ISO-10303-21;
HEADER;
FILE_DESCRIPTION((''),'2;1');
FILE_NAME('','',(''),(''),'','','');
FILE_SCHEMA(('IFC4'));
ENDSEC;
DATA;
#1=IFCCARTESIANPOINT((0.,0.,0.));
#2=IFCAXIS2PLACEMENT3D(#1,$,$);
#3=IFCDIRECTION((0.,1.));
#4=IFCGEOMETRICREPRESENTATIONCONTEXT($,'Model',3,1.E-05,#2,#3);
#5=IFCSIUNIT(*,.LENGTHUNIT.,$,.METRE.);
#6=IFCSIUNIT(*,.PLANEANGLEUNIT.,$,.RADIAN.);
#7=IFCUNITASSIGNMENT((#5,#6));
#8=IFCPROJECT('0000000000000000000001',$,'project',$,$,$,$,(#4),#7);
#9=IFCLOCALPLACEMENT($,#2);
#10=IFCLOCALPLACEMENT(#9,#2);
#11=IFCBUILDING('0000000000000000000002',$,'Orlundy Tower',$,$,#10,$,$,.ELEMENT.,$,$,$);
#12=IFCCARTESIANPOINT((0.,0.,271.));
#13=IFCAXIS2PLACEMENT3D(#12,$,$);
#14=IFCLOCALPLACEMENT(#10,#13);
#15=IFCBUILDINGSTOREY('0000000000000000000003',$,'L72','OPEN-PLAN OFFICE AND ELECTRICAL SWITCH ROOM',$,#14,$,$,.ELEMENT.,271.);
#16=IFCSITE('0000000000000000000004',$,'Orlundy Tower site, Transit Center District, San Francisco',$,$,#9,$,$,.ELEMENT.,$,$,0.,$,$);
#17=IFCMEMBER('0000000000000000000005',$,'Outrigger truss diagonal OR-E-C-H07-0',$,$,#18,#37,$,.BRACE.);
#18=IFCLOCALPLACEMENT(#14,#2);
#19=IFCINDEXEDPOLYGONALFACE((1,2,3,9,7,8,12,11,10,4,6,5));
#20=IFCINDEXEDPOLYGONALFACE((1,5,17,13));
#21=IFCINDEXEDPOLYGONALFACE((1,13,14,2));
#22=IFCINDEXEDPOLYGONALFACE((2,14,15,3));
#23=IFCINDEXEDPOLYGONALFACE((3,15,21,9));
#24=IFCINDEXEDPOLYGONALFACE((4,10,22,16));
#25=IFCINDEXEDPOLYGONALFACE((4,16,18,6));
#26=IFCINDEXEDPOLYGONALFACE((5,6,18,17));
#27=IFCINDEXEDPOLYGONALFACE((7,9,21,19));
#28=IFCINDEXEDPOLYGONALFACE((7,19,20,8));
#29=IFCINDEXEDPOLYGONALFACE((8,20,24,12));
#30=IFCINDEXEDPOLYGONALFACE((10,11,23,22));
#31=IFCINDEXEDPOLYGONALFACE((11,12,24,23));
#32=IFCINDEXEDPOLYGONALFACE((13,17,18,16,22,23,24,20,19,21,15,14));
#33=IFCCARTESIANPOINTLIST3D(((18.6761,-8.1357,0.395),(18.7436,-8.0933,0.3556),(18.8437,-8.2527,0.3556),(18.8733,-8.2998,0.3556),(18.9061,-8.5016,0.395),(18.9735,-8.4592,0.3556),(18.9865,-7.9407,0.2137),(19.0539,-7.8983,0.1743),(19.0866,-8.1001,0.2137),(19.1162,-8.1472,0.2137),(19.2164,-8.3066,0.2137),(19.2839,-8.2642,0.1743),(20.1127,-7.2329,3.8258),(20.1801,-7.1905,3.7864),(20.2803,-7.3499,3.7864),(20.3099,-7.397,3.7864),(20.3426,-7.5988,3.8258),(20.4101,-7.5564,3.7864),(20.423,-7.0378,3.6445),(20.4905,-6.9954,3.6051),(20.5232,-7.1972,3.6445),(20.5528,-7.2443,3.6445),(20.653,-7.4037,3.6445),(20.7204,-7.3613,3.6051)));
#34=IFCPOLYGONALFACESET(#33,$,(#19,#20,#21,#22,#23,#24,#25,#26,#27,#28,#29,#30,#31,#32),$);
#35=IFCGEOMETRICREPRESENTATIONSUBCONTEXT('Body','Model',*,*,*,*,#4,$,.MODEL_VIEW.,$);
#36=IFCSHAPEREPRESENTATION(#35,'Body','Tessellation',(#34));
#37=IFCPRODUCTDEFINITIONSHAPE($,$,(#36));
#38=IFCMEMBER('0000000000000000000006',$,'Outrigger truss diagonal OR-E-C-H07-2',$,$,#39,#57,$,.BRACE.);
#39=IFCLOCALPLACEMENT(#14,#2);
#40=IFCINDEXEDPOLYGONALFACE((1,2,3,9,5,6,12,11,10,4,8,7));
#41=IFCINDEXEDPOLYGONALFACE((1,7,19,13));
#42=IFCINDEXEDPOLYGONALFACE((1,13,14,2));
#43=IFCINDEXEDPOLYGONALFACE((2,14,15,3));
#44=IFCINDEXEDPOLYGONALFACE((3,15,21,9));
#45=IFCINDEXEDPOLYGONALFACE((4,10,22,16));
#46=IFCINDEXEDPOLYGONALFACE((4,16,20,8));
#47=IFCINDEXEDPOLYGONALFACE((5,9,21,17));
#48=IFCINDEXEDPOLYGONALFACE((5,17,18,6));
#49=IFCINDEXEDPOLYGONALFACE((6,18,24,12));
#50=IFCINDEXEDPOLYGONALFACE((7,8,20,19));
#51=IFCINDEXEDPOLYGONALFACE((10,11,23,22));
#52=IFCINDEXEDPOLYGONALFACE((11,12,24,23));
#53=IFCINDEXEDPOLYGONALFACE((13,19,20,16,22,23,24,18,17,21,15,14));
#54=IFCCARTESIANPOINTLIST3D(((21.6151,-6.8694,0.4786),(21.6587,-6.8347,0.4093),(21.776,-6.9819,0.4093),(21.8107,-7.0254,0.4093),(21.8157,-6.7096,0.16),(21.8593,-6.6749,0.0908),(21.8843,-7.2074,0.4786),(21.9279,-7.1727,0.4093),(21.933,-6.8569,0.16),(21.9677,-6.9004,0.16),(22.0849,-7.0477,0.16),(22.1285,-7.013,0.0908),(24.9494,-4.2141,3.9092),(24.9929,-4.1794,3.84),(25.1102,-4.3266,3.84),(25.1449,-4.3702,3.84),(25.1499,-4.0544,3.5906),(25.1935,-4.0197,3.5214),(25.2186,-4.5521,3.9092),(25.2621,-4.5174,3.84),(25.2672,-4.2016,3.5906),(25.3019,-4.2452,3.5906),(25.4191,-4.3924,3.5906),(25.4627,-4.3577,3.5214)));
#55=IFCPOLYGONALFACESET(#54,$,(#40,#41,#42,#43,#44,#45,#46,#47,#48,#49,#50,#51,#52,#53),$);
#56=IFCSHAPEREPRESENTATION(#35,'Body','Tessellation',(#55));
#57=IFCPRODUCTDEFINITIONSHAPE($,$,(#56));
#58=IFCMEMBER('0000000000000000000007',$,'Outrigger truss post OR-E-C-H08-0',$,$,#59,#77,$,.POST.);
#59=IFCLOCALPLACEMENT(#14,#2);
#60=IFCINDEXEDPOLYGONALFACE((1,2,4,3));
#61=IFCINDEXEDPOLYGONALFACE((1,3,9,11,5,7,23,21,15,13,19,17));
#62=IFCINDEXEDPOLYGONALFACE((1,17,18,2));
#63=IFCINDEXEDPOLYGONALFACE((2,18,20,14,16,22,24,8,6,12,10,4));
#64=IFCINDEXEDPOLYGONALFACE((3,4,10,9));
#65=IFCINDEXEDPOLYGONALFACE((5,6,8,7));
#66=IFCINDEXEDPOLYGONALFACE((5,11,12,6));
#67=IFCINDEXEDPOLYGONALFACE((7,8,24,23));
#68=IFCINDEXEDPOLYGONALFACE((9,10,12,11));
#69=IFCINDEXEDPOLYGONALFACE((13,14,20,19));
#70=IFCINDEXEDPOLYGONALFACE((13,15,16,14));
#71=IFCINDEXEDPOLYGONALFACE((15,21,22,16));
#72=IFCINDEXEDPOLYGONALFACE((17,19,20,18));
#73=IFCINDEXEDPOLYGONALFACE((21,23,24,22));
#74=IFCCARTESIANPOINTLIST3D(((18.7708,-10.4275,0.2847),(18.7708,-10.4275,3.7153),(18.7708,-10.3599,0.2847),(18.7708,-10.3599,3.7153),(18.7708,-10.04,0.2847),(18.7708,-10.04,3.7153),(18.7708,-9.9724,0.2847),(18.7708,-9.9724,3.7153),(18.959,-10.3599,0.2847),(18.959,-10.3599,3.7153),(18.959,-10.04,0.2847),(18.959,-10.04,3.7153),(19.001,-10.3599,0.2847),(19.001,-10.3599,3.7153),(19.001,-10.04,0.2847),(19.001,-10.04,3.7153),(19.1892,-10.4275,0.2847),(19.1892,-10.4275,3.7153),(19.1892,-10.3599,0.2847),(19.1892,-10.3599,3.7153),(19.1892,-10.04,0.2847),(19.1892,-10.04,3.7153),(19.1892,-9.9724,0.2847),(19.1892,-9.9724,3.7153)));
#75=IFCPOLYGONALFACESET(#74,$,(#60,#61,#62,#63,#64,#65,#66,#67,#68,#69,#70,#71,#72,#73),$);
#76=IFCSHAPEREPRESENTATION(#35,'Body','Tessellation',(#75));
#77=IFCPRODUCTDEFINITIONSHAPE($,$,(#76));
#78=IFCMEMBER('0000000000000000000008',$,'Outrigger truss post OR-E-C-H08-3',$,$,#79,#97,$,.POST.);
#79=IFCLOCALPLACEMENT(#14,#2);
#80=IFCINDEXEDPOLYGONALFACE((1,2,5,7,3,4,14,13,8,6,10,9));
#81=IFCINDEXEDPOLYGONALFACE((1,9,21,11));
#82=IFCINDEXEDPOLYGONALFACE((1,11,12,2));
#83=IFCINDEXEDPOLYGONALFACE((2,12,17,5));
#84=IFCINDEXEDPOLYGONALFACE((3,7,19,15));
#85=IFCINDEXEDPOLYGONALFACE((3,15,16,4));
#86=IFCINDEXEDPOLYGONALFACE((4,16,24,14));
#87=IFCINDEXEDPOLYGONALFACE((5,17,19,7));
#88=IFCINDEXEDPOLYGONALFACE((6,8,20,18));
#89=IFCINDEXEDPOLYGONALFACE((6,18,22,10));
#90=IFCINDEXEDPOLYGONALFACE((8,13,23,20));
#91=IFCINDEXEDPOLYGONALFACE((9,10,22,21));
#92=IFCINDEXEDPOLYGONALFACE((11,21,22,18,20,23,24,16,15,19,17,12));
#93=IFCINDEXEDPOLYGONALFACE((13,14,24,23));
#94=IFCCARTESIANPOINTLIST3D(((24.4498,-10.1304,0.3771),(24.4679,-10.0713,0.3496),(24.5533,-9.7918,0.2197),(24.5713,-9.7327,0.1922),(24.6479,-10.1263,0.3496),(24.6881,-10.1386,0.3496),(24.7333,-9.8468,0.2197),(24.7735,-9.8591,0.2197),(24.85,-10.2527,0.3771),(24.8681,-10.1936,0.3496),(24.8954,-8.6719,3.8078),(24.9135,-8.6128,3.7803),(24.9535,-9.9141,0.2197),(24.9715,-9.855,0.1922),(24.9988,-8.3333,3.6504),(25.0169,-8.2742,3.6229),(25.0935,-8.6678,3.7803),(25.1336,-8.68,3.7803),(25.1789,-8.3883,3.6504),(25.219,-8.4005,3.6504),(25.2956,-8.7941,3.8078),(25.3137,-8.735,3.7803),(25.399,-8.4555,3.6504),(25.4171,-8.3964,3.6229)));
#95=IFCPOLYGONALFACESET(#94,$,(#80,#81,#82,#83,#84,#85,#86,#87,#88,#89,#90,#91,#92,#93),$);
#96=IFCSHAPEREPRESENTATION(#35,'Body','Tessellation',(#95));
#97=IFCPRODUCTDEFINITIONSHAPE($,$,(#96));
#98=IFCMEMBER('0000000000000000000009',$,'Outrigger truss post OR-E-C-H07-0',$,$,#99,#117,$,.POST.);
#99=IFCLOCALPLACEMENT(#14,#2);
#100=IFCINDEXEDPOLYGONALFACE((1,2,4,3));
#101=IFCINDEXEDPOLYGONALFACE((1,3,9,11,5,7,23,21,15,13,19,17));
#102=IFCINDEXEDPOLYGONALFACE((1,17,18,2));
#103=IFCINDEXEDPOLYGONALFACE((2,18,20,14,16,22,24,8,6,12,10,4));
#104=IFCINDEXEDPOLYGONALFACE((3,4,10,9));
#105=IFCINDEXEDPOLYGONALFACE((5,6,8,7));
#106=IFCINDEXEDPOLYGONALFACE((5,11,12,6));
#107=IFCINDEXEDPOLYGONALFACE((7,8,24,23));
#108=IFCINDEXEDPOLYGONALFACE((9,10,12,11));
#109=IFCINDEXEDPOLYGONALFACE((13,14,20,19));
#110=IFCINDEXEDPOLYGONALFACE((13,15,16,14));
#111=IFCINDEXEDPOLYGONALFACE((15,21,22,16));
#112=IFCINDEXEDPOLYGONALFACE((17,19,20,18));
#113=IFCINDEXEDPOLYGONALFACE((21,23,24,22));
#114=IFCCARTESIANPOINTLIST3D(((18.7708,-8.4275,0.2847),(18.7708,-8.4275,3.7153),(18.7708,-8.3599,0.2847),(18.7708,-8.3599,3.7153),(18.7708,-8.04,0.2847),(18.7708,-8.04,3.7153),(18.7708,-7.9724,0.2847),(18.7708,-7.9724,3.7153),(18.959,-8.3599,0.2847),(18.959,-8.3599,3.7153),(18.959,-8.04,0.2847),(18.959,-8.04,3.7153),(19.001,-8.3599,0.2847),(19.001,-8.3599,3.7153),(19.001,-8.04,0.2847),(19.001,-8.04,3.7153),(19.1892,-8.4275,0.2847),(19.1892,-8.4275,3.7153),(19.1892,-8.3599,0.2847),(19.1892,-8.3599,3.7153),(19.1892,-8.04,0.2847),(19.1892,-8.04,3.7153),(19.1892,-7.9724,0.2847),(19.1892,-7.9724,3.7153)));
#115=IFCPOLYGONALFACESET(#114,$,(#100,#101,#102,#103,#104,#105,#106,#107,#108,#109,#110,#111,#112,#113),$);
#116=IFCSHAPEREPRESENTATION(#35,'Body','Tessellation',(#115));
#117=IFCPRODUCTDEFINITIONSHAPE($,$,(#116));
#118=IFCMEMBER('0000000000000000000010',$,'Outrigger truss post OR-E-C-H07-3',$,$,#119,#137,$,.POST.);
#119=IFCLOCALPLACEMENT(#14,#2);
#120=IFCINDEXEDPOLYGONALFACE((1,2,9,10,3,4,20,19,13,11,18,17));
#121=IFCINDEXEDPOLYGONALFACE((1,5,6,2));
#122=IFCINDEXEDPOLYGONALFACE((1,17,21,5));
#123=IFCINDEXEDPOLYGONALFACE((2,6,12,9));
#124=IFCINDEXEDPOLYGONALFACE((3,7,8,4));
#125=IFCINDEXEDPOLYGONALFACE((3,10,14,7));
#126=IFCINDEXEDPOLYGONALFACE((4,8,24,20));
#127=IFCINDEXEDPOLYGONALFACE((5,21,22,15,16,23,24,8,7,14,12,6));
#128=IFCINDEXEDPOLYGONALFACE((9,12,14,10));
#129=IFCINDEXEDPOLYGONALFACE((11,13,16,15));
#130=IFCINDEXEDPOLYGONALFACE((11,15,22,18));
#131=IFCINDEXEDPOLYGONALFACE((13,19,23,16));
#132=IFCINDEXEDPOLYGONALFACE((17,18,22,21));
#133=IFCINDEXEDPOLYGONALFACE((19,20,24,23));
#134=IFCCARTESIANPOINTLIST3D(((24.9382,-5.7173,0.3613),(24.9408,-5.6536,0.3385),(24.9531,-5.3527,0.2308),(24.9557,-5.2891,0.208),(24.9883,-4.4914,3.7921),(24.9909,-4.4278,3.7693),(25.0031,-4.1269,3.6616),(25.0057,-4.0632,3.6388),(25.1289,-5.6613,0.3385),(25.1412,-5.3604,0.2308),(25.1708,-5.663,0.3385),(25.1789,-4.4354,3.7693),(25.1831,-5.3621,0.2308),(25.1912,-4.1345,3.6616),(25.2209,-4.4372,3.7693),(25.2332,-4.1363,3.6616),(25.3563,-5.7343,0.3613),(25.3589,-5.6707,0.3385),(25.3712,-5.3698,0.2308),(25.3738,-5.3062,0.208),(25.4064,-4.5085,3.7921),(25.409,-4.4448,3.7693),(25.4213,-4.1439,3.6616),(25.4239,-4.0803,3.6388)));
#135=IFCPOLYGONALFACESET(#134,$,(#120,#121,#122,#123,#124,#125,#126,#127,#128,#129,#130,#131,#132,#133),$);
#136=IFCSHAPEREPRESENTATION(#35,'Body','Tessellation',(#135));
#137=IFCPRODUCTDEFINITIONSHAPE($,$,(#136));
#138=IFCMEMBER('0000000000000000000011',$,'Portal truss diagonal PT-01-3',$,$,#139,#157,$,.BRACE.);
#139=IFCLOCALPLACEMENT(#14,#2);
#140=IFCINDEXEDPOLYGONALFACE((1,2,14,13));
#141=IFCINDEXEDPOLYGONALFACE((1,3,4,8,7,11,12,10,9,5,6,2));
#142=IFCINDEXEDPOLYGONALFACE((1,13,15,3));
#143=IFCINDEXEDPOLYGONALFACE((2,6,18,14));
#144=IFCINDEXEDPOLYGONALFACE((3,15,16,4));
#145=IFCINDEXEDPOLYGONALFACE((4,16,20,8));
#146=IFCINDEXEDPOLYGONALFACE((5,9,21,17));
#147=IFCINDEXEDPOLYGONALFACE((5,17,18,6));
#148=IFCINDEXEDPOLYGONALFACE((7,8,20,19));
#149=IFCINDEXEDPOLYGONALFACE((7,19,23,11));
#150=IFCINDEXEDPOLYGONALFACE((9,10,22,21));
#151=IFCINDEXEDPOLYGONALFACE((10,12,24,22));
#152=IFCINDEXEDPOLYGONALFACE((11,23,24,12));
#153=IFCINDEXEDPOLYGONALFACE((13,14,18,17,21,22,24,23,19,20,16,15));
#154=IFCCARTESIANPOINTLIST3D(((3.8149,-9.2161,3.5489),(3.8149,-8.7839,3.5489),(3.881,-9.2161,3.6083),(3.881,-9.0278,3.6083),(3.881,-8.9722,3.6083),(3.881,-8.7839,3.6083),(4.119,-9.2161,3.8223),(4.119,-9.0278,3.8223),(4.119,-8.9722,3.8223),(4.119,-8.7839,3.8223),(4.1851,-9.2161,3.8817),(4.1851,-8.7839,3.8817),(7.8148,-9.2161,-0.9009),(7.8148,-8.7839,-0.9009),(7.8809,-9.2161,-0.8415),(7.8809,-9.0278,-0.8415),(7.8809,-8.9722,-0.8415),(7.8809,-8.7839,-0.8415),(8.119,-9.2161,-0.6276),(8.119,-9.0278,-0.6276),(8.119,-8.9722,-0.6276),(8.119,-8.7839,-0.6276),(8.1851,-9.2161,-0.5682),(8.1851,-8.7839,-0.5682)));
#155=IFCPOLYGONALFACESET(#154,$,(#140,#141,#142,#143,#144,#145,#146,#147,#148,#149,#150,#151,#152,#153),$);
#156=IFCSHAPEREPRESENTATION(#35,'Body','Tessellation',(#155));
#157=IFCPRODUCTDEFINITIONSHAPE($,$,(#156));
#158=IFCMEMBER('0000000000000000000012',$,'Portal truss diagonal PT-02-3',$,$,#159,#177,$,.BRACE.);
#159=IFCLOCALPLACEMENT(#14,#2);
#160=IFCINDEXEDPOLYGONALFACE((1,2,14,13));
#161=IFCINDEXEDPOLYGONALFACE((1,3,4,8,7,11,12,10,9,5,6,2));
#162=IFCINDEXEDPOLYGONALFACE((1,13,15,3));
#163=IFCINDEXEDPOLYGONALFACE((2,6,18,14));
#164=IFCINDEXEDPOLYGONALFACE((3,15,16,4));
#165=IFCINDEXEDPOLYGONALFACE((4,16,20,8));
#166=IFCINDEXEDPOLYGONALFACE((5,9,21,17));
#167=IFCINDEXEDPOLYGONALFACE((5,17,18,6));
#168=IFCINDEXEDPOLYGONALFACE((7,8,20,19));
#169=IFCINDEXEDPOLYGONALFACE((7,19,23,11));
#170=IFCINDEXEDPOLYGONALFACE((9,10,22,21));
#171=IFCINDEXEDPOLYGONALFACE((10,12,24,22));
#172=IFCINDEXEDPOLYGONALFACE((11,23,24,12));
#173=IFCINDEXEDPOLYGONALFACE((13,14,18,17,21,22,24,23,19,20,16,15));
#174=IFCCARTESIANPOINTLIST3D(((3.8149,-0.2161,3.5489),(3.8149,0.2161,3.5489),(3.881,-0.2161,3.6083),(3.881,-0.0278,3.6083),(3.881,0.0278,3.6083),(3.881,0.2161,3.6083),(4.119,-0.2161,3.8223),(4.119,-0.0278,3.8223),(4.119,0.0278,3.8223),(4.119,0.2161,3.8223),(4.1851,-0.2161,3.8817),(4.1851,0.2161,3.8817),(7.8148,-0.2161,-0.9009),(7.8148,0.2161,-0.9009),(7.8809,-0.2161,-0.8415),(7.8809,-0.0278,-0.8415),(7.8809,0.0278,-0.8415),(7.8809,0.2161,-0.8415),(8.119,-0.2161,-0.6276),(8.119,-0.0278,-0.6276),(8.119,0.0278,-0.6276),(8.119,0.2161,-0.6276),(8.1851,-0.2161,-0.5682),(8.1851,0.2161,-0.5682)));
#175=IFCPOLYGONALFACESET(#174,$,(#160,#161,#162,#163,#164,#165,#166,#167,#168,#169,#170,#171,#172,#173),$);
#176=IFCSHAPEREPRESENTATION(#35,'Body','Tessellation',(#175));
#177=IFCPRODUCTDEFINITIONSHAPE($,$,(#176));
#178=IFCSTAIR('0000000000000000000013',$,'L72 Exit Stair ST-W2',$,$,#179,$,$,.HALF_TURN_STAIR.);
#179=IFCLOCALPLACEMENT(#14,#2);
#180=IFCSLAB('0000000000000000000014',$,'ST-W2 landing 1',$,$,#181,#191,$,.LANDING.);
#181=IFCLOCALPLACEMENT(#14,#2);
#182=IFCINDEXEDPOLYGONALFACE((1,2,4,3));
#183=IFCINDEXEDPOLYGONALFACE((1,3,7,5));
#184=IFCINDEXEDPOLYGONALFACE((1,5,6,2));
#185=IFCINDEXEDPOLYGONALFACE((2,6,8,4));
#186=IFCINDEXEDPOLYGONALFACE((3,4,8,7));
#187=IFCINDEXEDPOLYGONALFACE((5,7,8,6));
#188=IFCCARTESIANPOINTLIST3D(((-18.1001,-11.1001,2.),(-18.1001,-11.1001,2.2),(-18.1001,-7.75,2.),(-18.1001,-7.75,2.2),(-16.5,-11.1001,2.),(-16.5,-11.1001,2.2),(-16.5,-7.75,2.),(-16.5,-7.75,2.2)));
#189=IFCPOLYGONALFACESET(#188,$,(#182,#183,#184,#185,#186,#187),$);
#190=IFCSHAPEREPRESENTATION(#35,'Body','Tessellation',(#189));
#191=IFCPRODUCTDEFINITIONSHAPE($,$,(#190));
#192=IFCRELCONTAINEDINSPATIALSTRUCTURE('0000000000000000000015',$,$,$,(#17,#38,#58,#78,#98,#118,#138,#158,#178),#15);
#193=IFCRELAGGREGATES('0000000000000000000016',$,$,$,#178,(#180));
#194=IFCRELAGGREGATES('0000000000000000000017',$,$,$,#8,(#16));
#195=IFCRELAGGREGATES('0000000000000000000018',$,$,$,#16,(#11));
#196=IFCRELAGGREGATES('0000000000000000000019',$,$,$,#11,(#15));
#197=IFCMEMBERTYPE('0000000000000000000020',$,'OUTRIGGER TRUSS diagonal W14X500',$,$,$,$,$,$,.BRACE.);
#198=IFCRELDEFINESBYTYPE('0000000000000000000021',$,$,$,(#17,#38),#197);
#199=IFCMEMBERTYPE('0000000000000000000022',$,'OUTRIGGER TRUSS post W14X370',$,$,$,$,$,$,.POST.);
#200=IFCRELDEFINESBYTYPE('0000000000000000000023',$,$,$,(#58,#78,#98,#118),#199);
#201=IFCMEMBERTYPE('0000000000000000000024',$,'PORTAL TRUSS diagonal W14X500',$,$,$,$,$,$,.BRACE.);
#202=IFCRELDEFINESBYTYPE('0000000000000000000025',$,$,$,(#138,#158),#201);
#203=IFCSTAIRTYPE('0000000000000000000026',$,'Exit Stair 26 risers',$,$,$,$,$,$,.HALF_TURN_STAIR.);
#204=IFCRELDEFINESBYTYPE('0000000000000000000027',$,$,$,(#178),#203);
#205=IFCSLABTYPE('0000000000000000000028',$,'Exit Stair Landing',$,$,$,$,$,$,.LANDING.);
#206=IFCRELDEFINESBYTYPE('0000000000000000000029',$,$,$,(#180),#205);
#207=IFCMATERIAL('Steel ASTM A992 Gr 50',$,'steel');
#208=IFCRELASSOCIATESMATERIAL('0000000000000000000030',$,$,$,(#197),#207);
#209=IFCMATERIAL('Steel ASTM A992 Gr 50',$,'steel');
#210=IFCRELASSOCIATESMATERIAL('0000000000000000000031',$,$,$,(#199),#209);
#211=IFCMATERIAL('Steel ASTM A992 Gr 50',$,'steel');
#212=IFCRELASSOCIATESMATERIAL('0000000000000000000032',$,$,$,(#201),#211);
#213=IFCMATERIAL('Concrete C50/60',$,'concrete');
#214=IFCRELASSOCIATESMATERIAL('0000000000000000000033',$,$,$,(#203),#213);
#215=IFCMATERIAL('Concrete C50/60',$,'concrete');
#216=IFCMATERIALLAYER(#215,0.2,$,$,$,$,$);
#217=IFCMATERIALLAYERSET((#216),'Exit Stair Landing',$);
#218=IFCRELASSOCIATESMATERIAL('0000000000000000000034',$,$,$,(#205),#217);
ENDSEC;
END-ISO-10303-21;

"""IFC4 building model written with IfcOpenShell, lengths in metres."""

from ifc_helpers import new_model, si_unit, direction, frame, origin, origin_2d, place, context, subcontext, project, spatial, polyline, i_section, outline, extrude, material, layer, layer_set, material_profile, profile_set, type_object, element, aggregate, save


model = new_model("IFC4")

# Units and contexts
model_context = context("Model", 3, precision=1e-05, world=origin(), true_north=direction((0.0, 1.0)))
body_context = subcontext(model_context, "Body", "Model", "MODEL_VIEW")
ifc_project = project(units=[si_unit("LENGTHUNIT", "METRE"), si_unit("PLANEANGLEUNIT", "RADIAN")], contexts=[model_context])

# Site, building, storey
site_placement = place(None, origin())
site = spatial("IfcSite", under=ifc_project, at=site_placement, Name="Orlundy Tower site, Transit Center District, San Francisco", CompositionType="ELEMENT", RefElevation=0.0)
building_placement = place(site_placement, origin())
building = spatial("IfcBuilding", under=site, at=building_placement, Name="Orlundy Tower", CompositionType="ELEMENT")
storey_placement = place(building_placement, frame((0.0, 0.0, 271.0)))
storey = spatial("IfcBuildingStorey", under=building, at=storey_placement, Name="L72", Description="OPEN-PLAN OFFICE AND ELECTRICAL SWITCH ROOM", CompositionType="ELEMENT", Elevation=271.0)

# Members
ifc_material_1 = material(Name="Steel ASTM A992 Gr 50", Category="steel")
ifc_material_profile_1 = material_profile(ifc_material_1, i_section(OverallWidth=0.4321, OverallDepth=0.4978, WebThickness=0.0557, FlangeThickness=0.0889, at=origin_2d()), Name="W14X500")
ifc_profile_set_1 = profile_set([ifc_material_profile_1], Name="Steel ASTM A992 Gr 50")
member_type_1 = type_object("IfcMemberType", Name="OUTRIGGER TRUSS diagonal W14X500", PredefinedType="BRACE", material=ifc_profile_set_1)
member_1_placement = place(storey_placement, frame((18.98, -8.2, 0.2847), z_axis=(0.375337, 0.235893, 0.896369), x_axis=(-0.532118, 0.84667, 0.0)))
element("IfcMember", 1, at=member_1_placement, inside=storey, type_object=member_type_1, Name="Outrigger truss diagonal OR-E-C-H07-0", PredefinedType="BRACE", context=body_context, shape_type="SweptSolid", body=[
    extrude(i_section(OverallWidth=0.4321, OverallDepth=0.4978, WebThickness=0.0557, FlangeThickness=0.0889, at=origin_2d()), origin(), (0.0, 0.0, 1.0), 3.8274),
])
member_2_placement = place(storey_placement, frame((21.8718, -6.9412, 0.2847), z_axis=(0.609384, 0.485294, 0.627009), x_axis=(-0.622961, 0.782253, 0.0)))
element("IfcMember", 2, at=member_2_placement, inside=storey, type_object=member_type_1, Name="Outrigger truss diagonal OR-E-C-H07-2", PredefinedType="BRACE", context=body_context, shape_type="SweptSolid", body=[
    extrude(i_section(OverallWidth=0.4321, OverallDepth=0.4978, WebThickness=0.0557, FlangeThickness=0.0889, at=origin_2d()), origin(), (0.0, 0.0, 1.0), 5.4714),
])
ifc_material_2 = material(Name="Steel ASTM A992 Gr 50", Category="steel")
ifc_material_profile_2 = material_profile(ifc_material_2, i_section(OverallWidth=0.4185, OverallDepth=0.4551, WebThickness=0.042, FlangeThickness=0.0676, at=origin_2d()), Name="W14X370")
ifc_profile_set_2 = profile_set([ifc_material_profile_2], Name="Steel ASTM A992 Gr 50")
member_type_2 = type_object("IfcMemberType", Name="OUTRIGGER TRUSS post W14X370", PredefinedType="POST", material=ifc_profile_set_2)
member_3_placement = place(storey_placement, frame((18.98, -10.2, 0.2847), z_axis=(0.0, 0.0, 1.0), x_axis=(1.0, 0.0, 0.0)))
element("IfcMember", 3, at=member_3_placement, inside=storey, type_object=member_type_2, Name="Outrigger truss post OR-E-C-H08-0", PredefinedType="POST", context=body_context, shape_type="SweptSolid", body=[
    extrude(i_section(OverallWidth=0.4185, OverallDepth=0.4551, WebThickness=0.042, FlangeThickness=0.0676, at=origin_2d()), origin(), (0.0, 0.0, 1.0), 3.4307),
])
member_4_placement = place(storey_placement, frame((24.7107, -9.9927, 0.2847), z_axis=(0.118677, 0.388481, 0.913782), x_axis=(-0.956369, 0.292162, 0.0)))
element("IfcMember", 4, at=member_4_placement, inside=storey, type_object=member_type_2, Name="Outrigger truss post OR-E-C-H08-3", PredefinedType="POST", context=body_context, shape_type="SweptSolid", body=[
    extrude(i_section(OverallWidth=0.4185, OverallDepth=0.4551, WebThickness=0.042, FlangeThickness=0.0676, at=origin_2d()), origin(), (0.0, 0.0, 1.0), 3.7544),
])
member_5_placement = place(storey_placement, frame((18.98, -8.2, 0.2847), z_axis=(0.0, 0.0, 1.0), x_axis=(1.0, 0.0, 0.0)))
element("IfcMember", 5, at=member_5_placement, inside=storey, type_object=member_type_2, Name="Outrigger truss post OR-E-C-H07-0", PredefinedType="POST", context=body_context, shape_type="SweptSolid", body=[
    extrude(i_section(OverallWidth=0.4185, OverallDepth=0.4551, WebThickness=0.042, FlangeThickness=0.0676, at=origin_2d()), origin(), (0.0, 0.0, 1.0), 3.4307),
])
member_6_placement = place(storey_placement, frame((25.156, -5.5117, 0.2847), z_axis=(0.013737, 0.336449, 0.941601), x_axis=(-0.999168, 0.040795, 0.0)))
element("IfcMember", 6, at=member_6_placement, inside=storey, type_object=member_type_2, Name="Outrigger truss post OR-E-C-H07-3", PredefinedType="POST", context=body_context, shape_type="SweptSolid", body=[
    extrude(i_section(OverallWidth=0.4185, OverallDepth=0.4551, WebThickness=0.042, FlangeThickness=0.0676, at=origin_2d()), origin(), (0.0, 0.0, 1.0), 3.6436),
])
ifc_material_3 = material(Name="Steel ASTM A992 Gr 50", Category="steel")
ifc_material_profile_3 = material_profile(ifc_material_3, i_section(OverallWidth=0.4321, OverallDepth=0.4978, WebThickness=0.0557, FlangeThickness=0.0889, at=origin_2d()), Name="W14X500")
ifc_profile_set_3 = profile_set([ifc_material_profile_3], Name="Steel ASTM A992 Gr 50")
member_type_3 = type_object("IfcMemberType", Name="PORTAL TRUSS diagonal W14X500", PredefinedType="BRACE", material=ifc_profile_set_3)
for number, where, z_axis, x_axis, name in (
    (7, (4.0, -9.0, 3.7153), (0.668507, 0.0, -0.743706), (0.0, 1.0, 0.0), "Portal truss diagonal PT-01-3"),
    (8, (4.0, 0.0, 3.7153), (0.668507, 0.0, -0.743706), (0.0, 1.0, 0.0), "Portal truss diagonal PT-02-3"),
):
    element("IfcMember", number, at=place(storey_placement, frame(where, z_axis=z_axis, x_axis=x_axis)), inside=storey, type_object=member_type_3, Name=name, PredefinedType="BRACE", context=body_context, shape_type="SweptSolid", body=[
        extrude(i_section(OverallWidth=0.4321, OverallDepth=0.4978, WebThickness=0.0557, FlangeThickness=0.0889, at=origin_2d()), origin(), (0.0, 0.0, 1.0), 5.9834),
    ])

# Stair, slab
ifc_material_4 = material(Name="Concrete C50/60", Category="concrete")
stair_type = type_object("IfcStairType", Name="Exit Stair 26 risers", PredefinedType="HALF_TURN_STAIR", material=ifc_material_4)
stair_1_placement = place(storey_placement, origin())
stair_1 = element("IfcStair", 9, at=stair_1_placement, inside=storey, type_object=stair_type, Name="L72 Exit Stair ST-W2", PredefinedType="HALF_TURN_STAIR")
ifc_material_5 = material(Name="Concrete C50/60", Category="concrete")
ifc_layer = layer(ifc_material_5, 0.2)
ifc_layer_set = layer_set([ifc_layer], Name="Exit Stair Landing")
slab_type = type_object("IfcSlabType", Name="Exit Stair Landing", PredefinedType="LANDING", material=ifc_layer_set)
slab_1_placement = place(storey_placement, frame((0.0, 0.0, 2.0)))
slab_1 = element("IfcSlab", 10, at=slab_1_placement, type_object=slab_type, Name="ST-W2 landing 1", PredefinedType="LANDING", context=body_context, shape_type="SweptSolid", body=[
    extrude(outline(polyline([(-16.5, -7.75), (-18.1001, -7.75), (-18.1001, -11.1001), (-16.5, -11.1001), (-16.5, -7.75)])), origin(), (0.0, 0.0, 1.0), 0.2),
])
aggregate(stair_1, [slab_1])

save(model, "model.ifc")
